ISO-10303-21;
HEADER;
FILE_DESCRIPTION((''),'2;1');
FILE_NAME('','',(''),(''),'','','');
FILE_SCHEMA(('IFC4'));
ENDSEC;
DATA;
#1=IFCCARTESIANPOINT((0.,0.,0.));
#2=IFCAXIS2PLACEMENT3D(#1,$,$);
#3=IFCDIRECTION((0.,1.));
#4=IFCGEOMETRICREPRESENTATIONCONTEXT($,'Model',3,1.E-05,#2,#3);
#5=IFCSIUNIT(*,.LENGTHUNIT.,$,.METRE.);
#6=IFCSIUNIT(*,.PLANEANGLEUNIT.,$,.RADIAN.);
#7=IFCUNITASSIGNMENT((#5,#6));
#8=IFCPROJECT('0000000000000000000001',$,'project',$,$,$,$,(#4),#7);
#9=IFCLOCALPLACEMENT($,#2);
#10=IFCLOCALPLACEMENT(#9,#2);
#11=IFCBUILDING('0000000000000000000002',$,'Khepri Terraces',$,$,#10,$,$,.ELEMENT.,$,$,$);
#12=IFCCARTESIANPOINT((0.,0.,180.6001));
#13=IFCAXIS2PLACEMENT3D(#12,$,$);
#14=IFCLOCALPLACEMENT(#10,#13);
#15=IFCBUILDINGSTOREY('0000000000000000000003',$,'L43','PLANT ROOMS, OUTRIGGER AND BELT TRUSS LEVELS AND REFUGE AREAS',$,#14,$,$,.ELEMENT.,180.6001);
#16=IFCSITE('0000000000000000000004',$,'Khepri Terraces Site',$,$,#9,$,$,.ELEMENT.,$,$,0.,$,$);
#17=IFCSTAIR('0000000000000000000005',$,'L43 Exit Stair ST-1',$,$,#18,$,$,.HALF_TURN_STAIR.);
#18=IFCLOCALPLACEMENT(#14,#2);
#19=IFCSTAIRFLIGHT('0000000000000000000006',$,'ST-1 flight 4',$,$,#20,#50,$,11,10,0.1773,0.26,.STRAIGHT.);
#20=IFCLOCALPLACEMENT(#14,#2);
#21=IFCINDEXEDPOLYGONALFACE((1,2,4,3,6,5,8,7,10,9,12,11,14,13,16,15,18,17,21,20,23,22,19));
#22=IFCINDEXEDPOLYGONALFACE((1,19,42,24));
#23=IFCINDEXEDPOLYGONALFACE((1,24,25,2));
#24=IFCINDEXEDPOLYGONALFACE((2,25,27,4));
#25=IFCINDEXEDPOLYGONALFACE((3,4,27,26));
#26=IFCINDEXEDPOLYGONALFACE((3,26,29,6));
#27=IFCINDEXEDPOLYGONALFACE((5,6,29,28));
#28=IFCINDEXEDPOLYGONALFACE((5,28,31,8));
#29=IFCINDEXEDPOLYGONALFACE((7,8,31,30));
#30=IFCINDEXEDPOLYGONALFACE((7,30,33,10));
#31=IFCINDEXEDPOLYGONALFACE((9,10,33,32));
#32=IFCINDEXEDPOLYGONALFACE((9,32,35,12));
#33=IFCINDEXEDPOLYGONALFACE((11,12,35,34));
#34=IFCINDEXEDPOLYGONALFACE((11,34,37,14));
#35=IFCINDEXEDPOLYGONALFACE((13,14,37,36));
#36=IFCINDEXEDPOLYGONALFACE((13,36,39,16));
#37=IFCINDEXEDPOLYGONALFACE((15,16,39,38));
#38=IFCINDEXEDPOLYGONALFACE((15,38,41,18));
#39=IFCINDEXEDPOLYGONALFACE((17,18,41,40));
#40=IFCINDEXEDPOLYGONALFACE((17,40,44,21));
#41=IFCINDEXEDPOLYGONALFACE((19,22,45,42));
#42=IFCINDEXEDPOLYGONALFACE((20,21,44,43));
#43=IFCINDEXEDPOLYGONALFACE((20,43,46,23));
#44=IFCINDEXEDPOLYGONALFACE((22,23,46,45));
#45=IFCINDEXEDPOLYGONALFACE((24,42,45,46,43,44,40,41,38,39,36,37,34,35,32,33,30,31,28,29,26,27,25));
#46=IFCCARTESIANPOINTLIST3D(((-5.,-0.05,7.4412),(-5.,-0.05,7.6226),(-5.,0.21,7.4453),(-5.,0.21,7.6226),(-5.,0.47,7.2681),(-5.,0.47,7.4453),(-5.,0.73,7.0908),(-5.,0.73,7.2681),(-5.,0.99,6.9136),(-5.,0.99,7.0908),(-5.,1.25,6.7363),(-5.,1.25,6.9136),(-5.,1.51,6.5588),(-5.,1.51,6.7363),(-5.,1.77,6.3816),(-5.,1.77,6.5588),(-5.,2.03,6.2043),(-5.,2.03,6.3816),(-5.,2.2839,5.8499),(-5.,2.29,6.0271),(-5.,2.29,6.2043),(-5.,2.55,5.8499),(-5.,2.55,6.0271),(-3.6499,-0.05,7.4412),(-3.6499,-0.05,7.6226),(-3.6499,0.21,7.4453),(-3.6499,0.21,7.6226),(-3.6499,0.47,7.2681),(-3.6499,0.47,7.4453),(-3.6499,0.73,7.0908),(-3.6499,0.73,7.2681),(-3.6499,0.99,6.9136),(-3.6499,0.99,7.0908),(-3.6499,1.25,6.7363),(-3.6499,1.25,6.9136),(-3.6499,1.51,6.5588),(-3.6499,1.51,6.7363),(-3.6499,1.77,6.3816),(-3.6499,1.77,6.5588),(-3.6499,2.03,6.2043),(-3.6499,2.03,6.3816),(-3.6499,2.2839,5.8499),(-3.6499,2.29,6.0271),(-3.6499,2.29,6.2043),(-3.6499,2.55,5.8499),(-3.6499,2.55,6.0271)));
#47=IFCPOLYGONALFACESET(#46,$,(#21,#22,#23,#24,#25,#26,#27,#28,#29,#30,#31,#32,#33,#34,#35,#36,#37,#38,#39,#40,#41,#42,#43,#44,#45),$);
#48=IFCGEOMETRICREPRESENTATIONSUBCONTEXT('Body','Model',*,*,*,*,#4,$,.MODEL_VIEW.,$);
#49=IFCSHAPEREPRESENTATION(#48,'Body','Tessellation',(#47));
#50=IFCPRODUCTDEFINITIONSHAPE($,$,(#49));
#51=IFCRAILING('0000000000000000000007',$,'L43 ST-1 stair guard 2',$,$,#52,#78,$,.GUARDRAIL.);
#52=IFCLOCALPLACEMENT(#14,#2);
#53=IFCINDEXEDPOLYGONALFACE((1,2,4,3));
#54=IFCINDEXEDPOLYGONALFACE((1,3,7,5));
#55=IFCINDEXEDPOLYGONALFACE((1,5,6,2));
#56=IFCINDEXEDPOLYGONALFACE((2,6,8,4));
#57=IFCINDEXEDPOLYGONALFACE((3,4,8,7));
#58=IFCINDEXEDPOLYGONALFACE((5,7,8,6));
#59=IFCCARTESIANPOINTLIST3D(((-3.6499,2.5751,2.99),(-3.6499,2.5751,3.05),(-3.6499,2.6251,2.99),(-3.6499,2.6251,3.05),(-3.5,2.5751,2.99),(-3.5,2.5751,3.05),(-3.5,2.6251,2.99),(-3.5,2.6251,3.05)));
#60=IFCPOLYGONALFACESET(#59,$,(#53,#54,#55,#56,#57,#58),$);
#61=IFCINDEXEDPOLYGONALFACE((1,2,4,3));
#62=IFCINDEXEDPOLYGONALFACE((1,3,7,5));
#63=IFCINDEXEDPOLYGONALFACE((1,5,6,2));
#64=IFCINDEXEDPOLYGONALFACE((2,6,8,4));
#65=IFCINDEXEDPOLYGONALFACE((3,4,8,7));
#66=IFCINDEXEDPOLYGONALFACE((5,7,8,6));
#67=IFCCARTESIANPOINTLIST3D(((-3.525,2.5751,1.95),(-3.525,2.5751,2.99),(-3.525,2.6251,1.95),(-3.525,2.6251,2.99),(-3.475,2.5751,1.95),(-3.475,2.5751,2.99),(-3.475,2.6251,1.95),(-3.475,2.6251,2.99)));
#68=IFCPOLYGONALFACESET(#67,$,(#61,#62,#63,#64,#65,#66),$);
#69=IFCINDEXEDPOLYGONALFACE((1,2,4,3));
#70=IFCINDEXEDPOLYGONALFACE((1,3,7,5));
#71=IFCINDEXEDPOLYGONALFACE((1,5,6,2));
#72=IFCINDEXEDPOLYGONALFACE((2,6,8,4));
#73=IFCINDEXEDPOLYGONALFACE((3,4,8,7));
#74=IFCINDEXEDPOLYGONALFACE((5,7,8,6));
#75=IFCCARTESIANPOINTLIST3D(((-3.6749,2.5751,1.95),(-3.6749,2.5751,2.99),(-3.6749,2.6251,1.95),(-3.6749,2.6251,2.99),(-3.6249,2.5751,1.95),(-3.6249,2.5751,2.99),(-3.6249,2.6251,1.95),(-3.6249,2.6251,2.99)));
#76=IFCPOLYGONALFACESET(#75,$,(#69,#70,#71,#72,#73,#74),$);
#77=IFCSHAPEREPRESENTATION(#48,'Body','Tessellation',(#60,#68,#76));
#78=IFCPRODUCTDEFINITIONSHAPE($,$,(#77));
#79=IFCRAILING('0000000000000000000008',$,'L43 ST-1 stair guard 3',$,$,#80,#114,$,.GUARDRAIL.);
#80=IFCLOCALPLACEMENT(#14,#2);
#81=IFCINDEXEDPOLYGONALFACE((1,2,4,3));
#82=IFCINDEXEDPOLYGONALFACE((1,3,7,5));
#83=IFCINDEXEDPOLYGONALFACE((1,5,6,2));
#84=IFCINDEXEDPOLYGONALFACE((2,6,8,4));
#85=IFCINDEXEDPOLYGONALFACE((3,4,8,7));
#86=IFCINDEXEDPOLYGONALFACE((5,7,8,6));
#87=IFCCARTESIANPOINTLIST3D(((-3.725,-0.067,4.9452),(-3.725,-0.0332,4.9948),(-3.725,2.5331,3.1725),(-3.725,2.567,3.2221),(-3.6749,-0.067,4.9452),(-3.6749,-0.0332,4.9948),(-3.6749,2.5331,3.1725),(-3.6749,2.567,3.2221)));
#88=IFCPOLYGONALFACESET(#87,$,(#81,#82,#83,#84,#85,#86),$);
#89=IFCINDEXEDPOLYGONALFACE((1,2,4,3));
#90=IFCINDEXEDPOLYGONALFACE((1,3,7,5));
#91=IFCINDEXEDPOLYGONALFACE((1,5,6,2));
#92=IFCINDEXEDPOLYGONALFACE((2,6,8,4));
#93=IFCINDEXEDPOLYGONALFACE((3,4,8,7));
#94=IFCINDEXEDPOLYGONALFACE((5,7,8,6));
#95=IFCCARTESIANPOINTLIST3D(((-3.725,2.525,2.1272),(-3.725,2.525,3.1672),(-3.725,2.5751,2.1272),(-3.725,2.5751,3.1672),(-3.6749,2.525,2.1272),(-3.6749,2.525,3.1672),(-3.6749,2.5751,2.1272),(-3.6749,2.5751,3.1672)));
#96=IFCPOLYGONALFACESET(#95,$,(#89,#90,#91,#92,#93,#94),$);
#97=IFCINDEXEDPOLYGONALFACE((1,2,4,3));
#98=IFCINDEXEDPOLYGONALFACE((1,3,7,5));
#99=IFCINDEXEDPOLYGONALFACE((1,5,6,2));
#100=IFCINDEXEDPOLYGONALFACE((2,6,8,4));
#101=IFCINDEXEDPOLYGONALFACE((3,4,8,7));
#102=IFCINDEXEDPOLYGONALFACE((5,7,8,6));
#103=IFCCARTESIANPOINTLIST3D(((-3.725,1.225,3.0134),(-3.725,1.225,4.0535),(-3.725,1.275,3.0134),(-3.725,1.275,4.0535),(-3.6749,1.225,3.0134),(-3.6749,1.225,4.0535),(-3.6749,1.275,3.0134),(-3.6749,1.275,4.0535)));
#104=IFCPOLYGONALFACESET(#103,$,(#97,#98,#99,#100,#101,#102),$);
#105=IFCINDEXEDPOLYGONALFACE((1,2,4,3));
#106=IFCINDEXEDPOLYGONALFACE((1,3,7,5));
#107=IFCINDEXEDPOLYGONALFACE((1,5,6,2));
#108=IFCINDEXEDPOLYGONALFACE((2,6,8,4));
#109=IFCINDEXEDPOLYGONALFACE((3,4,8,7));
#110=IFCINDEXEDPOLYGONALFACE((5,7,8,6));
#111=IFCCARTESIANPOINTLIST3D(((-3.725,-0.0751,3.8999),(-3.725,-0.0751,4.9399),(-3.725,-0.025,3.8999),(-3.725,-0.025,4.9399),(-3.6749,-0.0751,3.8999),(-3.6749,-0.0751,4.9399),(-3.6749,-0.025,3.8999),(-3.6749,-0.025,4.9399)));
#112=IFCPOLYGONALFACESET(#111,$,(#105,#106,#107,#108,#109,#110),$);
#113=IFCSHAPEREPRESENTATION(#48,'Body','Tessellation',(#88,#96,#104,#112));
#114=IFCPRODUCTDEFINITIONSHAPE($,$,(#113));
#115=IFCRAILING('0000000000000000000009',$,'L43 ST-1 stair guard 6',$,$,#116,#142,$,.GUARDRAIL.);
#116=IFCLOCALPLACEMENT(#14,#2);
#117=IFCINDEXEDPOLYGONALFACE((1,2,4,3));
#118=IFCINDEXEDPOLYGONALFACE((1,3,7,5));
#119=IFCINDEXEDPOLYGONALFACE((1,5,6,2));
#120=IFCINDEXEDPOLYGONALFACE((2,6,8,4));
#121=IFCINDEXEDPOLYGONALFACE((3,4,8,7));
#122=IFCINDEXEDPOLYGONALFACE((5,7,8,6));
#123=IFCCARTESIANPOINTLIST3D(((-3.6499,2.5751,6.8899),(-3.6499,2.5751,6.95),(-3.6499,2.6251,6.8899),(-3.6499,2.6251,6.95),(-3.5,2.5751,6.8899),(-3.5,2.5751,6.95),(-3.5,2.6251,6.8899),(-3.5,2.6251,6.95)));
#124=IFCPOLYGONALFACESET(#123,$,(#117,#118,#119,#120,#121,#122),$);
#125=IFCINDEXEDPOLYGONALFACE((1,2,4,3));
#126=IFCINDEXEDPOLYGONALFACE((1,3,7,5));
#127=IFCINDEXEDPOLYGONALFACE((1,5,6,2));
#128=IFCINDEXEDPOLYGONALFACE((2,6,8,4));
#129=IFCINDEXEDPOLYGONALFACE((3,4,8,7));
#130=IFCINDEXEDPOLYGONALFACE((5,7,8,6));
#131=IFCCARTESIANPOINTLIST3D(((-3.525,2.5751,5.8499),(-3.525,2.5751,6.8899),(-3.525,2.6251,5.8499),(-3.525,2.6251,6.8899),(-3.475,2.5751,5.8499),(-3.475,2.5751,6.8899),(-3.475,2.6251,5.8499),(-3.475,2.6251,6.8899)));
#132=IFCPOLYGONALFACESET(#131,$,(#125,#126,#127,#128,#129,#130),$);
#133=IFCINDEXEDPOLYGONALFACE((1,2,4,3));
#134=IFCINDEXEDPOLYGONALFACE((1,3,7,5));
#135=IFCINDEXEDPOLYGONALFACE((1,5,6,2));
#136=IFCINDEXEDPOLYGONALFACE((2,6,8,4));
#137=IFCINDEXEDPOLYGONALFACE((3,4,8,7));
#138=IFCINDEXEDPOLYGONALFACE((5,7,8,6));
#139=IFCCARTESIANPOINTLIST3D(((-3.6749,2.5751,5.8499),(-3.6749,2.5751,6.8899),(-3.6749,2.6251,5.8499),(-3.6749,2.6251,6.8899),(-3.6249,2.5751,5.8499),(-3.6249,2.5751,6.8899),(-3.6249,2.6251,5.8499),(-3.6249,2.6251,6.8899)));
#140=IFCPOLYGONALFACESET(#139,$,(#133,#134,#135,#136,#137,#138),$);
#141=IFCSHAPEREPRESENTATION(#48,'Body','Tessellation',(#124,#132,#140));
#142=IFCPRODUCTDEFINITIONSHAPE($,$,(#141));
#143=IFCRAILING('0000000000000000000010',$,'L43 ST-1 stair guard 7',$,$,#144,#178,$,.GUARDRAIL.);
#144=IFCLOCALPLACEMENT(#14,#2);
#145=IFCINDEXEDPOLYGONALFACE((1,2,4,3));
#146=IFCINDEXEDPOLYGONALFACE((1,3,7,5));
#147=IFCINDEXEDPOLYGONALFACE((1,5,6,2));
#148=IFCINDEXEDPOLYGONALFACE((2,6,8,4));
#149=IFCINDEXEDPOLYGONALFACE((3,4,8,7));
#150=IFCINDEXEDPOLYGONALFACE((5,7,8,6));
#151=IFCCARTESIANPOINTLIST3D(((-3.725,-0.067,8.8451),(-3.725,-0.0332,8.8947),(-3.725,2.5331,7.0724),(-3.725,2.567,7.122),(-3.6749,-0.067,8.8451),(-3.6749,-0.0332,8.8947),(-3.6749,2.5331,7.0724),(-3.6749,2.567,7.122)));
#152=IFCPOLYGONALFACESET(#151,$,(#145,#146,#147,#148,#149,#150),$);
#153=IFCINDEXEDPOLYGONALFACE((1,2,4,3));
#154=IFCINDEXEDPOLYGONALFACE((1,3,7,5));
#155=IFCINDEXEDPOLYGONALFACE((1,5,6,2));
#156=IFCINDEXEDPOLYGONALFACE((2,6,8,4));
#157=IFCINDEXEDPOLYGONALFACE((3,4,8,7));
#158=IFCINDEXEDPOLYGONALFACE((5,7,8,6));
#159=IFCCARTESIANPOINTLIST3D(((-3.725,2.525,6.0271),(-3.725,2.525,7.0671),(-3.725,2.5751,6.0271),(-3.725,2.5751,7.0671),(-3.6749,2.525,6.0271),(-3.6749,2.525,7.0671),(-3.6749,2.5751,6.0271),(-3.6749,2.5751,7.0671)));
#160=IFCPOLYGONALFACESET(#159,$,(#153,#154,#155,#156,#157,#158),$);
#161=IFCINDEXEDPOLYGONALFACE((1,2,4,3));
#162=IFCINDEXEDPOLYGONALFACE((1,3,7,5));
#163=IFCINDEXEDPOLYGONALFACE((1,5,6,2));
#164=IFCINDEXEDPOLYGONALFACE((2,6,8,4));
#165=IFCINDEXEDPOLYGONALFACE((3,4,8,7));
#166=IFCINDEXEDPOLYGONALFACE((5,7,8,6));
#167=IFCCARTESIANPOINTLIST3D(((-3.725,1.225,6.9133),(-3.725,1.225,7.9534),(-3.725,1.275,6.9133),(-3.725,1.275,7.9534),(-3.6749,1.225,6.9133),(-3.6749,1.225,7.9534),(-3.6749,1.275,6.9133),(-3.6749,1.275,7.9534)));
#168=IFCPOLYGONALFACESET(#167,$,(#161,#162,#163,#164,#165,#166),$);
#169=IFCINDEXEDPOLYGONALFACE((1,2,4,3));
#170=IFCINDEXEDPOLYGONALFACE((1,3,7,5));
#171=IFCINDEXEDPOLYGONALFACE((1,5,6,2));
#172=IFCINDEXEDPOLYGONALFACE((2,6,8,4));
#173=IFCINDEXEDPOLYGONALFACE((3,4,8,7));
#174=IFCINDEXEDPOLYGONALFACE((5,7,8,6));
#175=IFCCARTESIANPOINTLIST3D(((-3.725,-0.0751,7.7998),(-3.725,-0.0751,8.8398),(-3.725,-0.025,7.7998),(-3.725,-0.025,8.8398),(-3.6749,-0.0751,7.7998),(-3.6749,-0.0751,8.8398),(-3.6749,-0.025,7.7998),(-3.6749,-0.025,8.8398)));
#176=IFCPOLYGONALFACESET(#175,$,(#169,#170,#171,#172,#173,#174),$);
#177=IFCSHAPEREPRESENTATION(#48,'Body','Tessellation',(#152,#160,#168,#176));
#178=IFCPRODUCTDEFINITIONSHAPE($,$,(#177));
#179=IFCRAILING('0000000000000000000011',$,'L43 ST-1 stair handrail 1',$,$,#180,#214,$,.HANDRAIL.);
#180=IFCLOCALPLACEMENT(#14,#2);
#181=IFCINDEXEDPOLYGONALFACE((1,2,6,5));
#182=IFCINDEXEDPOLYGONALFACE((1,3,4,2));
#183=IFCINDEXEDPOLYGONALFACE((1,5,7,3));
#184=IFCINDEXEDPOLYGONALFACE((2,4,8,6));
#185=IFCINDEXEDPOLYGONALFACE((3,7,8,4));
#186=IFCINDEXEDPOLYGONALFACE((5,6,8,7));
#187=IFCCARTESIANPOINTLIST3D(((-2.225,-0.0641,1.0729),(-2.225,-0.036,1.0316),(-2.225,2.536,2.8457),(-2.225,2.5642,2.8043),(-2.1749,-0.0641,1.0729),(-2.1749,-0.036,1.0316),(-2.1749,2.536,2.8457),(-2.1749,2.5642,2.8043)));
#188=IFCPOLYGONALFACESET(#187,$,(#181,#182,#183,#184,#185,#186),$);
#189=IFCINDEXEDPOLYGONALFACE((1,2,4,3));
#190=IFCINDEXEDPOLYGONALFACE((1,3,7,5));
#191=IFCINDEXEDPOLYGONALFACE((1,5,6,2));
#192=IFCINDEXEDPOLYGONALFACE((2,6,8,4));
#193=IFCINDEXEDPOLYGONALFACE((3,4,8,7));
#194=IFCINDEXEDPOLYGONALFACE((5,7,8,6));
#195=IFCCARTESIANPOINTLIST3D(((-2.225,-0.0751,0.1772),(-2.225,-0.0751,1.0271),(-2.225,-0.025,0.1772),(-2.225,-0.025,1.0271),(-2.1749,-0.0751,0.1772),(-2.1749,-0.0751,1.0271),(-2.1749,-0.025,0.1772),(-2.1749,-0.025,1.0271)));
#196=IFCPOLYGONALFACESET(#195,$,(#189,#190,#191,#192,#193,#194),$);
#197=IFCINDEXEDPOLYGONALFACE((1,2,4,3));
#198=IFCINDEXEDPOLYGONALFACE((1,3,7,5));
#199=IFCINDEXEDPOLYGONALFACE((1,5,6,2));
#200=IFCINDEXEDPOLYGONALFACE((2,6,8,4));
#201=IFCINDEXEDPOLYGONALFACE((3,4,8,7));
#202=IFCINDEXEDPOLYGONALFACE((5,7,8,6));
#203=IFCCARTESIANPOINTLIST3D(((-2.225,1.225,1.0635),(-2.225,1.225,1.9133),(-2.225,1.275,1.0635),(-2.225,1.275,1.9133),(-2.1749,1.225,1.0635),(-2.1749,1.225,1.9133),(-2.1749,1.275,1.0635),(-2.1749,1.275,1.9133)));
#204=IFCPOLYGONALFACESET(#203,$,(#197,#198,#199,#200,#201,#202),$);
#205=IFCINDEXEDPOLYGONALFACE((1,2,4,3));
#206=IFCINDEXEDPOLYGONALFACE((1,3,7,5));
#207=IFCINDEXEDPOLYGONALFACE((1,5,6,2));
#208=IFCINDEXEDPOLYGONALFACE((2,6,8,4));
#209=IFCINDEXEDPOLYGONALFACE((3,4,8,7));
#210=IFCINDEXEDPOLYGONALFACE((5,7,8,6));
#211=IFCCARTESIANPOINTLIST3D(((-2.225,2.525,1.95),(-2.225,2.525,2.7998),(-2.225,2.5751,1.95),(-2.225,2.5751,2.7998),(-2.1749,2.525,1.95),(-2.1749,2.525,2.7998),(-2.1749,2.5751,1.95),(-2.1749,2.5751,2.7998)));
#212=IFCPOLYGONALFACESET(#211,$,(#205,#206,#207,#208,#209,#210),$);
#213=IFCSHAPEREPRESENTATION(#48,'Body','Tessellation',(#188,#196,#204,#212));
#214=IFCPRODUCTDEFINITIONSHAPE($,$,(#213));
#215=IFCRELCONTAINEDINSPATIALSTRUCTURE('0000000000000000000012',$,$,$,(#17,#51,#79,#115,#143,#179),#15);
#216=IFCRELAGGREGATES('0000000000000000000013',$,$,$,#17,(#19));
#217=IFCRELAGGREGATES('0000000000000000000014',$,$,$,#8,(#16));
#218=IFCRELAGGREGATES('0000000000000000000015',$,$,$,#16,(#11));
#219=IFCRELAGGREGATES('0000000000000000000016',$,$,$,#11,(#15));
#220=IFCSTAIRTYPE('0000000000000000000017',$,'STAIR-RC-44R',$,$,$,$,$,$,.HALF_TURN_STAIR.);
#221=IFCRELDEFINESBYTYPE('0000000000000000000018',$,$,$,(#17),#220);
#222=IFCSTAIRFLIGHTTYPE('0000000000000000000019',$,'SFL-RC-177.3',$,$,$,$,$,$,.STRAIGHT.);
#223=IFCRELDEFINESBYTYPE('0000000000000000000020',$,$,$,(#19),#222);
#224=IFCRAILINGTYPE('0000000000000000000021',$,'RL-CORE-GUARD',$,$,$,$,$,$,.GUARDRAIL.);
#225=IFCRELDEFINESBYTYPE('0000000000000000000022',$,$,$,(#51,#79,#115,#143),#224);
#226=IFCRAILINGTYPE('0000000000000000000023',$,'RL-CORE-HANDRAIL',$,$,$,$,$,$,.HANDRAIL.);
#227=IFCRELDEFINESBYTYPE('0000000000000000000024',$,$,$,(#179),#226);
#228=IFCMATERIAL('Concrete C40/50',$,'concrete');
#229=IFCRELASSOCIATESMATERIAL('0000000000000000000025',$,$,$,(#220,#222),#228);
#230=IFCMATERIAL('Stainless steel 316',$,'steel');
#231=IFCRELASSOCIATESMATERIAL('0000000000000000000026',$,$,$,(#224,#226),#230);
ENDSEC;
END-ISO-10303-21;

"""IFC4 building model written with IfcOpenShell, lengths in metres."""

from ifc_helpers import new_model, si_unit, direction, frame, origin, origin_2d, place, context, subcontext, project, spatial, polyline, rectangle, outline, extrude, material, type_object, element, aggregate, save


model = new_model("IFC4")

# Units and contexts
model_context = context("Model", 3, precision=1e-05, world=origin(), true_north=direction((0.0, 1.0)))
body_context = subcontext(model_context, "Body", "Model", "MODEL_VIEW")
ifc_project = project(units=[si_unit("LENGTHUNIT", "METRE"), si_unit("PLANEANGLEUNIT", "RADIAN")], contexts=[model_context])

# Site, building, storey
site_placement = place(None, origin())
site = spatial("IfcSite", under=ifc_project, at=site_placement, Name="Khepri Terraces Site", CompositionType="ELEMENT", RefElevation=0.0)
building_placement = place(site_placement, origin())
building = spatial("IfcBuilding", under=site, at=building_placement, Name="Khepri Terraces", CompositionType="ELEMENT")
storey_placement = place(building_placement, frame((0.0, 0.0, 180.6001)))
storey = spatial("IfcBuildingStorey", under=building, at=storey_placement, Name="L43", Description="PLANT ROOMS, OUTRIGGER AND BELT TRUSS LEVELS AND REFUGE AREAS", CompositionType="ELEMENT", Elevation=180.6001)

# Shared definitions
ifc_material_1 = material(Name="Concrete C40/50", Category="concrete")

# Stair, stair flight
stair_type = type_object("IfcStairType", Name="STAIR-RC-44R", PredefinedType="HALF_TURN_STAIR", material=ifc_material_1)
stair_placement = place(storey_placement, origin())
stair = element("IfcStair", 1, at=stair_placement, inside=storey, type_object=stair_type, Name="L43 Exit Stair ST-1", PredefinedType="HALF_TURN_STAIR")
stair_flight_type = type_object("IfcStairFlightType", Name="SFL-RC-177.3", PredefinedType="STRAIGHT", material=ifc_material_1)
stair_flight_1_placement = place(storey_placement, frame((-4.325, 2.55, 5.8499), z_axis=(0.0, 0.0, 1.0), x_axis=(0.0, -1.0, 0.0)))
stair_flight_1 = element("IfcStairFlight", 2, at=stair_flight_1_placement, type_object=stair_flight_type, Name="ST-1 flight 4", NumberOfRisers=11, NumberOfTreads=10, PredefinedType="STRAIGHT", RiserHeight=0.1773, TreadLength=0.26, context=body_context, shape_type="SweptSolid", body=[
    extrude(outline(polyline([(0.0, 0.0), (0.0, 0.1772), (0.26, 0.1772), (0.26, 0.3545), (0.52, 0.3545), (0.52, 0.5317), (0.78, 0.5317), (0.78, 0.709), (1.04, 0.709), (1.04, 0.8865), (1.3, 0.8865), (1.3, 1.0637), (1.5601, 1.0637), (1.5601, 1.241), (1.8201, 1.241), (1.8201, 1.4182), (2.0801, 1.4182), (2.0801, 1.5955), (2.3401, 1.5955), (2.3401, 1.7727), (2.6001, 1.7727), (2.6001, 1.95), (2.6001, 1.5913), (0.2661, 0.0), (0.0, 0.0)])), frame((0.0, 0.675, 0.0), z_axis=(0.0, -1.0, 0.0), x_axis=(1.0, 0.0, 0.0)), (0.0, 0.0, 1.0), 1.3501),
])
aggregate(stair, [stair_flight_1])

# Railings
ifc_material_2 = material(Name="Stainless steel 316", Category="steel")
railing_type_1 = type_object("IfcRailingType", Name="RL-CORE-GUARD", PredefinedType="GUARDRAIL", material=ifc_material_2)
railing_1_placement = place(storey_placement, frame((-3.5, 2.6001, 1.95)))
element("IfcRailing", 3, at=railing_1_placement, inside=storey, type_object=railing_type_1, Name="L43 ST-1 stair guard 2", PredefinedType="GUARDRAIL", context=body_context, shape_type="SweptSolid", body=[
    extrude(rectangle(XDim=0.05, YDim=0.0601, at=origin_2d()), frame((0.0, 0.0, 1.0701), z_axis=(-1.0, 0.0, 0.0), x_axis=(0.0, -1.0, 0.0)), (0.0, 0.0, 1.0), 0.1499),
    extrude(rectangle(XDim=0.05, YDim=0.05, at=origin_2d()), origin(), (0.0, 0.0, 1.0), 1.04),
    extrude(rectangle(XDim=0.05, YDim=0.05, at=origin_2d()), frame((-0.1499, 0.0, 0.0)), (0.0, 0.0, 1.0), 1.04),
])
railing_2_placement = place(storey_placement, frame((-3.7, 2.55, 2.1272)))
element("IfcRailing", 4, at=railing_2_placement, inside=storey, type_object=railing_type_1, Name="L43 ST-1 stair guard 3", PredefinedType="GUARDRAIL", context=body_context, shape_type="SweptSolid", body=[
    extrude(rectangle(XDim=0.05, YDim=0.0601, at=origin_2d()), frame((0.0, 0.0, 1.0701), z_axis=(0.0, -0.82624, 0.563318), x_axis=(1.0, 0.0, 0.0)), (0.0, 0.0, 1.0), 3.147),
    extrude(rectangle(XDim=0.05, YDim=0.05, at=origin_2d()), origin(), (0.0, 0.0, 1.0), 1.04),
    extrude(rectangle(XDim=0.05, YDim=0.05, at=origin_2d()), frame((0.0, -1.3, 0.8862)), (0.0, 0.0, 1.0), 1.04),
    extrude(rectangle(XDim=0.05, YDim=0.05, at=origin_2d()), frame((0.0, -2.6001, 1.7727)), (0.0, 0.0, 1.0), 1.04),
])
railing_3_placement = place(storey_placement, frame((-3.5, 2.6001, 5.8499)))
element("IfcRailing", 5, at=railing_3_placement, inside=storey, type_object=railing_type_1, Name="L43 ST-1 stair guard 6", PredefinedType="GUARDRAIL", context=body_context, shape_type="SweptSolid", body=[
    extrude(rectangle(XDim=0.05, YDim=0.0601, at=origin_2d()), frame((0.0, 0.0, 1.0701), z_axis=(-1.0, 0.0, 0.0), x_axis=(0.0, -1.0, 0.0)), (0.0, 0.0, 1.0), 0.1499),
    extrude(rectangle(XDim=0.05, YDim=0.05, at=origin_2d()), origin(), (0.0, 0.0, 1.0), 1.04),
    extrude(rectangle(XDim=0.05, YDim=0.05, at=origin_2d()), frame((-0.1499, 0.0, 0.0)), (0.0, 0.0, 1.0), 1.04),
])
railing_4_placement = place(storey_placement, frame((-3.7, 2.55, 6.0271)))
element("IfcRailing", 6, at=railing_4_placement, inside=storey, type_object=railing_type_1, Name="L43 ST-1 stair guard 7", PredefinedType="GUARDRAIL", context=body_context, shape_type="SweptSolid", body=[
    extrude(rectangle(XDim=0.05, YDim=0.0601, at=origin_2d()), frame((0.0, 0.0, 1.0701), z_axis=(0.0, -0.82624, 0.563318), x_axis=(1.0, 0.0, 0.0)), (0.0, 0.0, 1.0), 3.147),
    extrude(rectangle(XDim=0.05, YDim=0.05, at=origin_2d()), origin(), (0.0, 0.0, 1.0), 1.04),
    extrude(rectangle(XDim=0.05, YDim=0.05, at=origin_2d()), frame((0.0, -1.3, 0.8862)), (0.0, 0.0, 1.0), 1.04),
    extrude(rectangle(XDim=0.05, YDim=0.05, at=origin_2d()), frame((0.0, -2.6001, 1.7727)), (0.0, 0.0, 1.0), 1.04),
])
railing_type_2 = type_object("IfcRailingType", Name="RL-CORE-HANDRAIL", PredefinedType="HANDRAIL", material=ifc_material_2)
railing_5_placement = place(storey_placement, frame((-2.2, -0.05, 0.1772)))
element("IfcRailing", 7, at=railing_5_placement, inside=storey, type_object=railing_type_2, Name="L43 ST-1 stair handrail 1", PredefinedType="HANDRAIL", context=body_context, shape_type="SweptSolid", body=[
    extrude(rectangle(XDim=0.05, YDim=0.05, at=origin_2d()), frame((0.0, 0.0, 0.875), z_axis=(0.0, 0.82624, 0.563318), x_axis=(-1.0, 0.0, 0.0)), (0.0, 0.0, 1.0), 3.147),
    extrude(rectangle(XDim=0.05, YDim=0.05, at=origin_2d()), origin(), (0.0, 0.0, 1.0), 0.8499),
    extrude(rectangle(XDim=0.05, YDim=0.05, at=origin_2d()), frame((0.0, 1.3, 0.8862)), (0.0, 0.0, 1.0), 0.8499),
    extrude(rectangle(XDim=0.05, YDim=0.05, at=origin_2d()), frame((0.0, 2.6001, 1.7727)), (0.0, 0.0, 1.0), 0.8499),
])

save(model, "model.ifc")
